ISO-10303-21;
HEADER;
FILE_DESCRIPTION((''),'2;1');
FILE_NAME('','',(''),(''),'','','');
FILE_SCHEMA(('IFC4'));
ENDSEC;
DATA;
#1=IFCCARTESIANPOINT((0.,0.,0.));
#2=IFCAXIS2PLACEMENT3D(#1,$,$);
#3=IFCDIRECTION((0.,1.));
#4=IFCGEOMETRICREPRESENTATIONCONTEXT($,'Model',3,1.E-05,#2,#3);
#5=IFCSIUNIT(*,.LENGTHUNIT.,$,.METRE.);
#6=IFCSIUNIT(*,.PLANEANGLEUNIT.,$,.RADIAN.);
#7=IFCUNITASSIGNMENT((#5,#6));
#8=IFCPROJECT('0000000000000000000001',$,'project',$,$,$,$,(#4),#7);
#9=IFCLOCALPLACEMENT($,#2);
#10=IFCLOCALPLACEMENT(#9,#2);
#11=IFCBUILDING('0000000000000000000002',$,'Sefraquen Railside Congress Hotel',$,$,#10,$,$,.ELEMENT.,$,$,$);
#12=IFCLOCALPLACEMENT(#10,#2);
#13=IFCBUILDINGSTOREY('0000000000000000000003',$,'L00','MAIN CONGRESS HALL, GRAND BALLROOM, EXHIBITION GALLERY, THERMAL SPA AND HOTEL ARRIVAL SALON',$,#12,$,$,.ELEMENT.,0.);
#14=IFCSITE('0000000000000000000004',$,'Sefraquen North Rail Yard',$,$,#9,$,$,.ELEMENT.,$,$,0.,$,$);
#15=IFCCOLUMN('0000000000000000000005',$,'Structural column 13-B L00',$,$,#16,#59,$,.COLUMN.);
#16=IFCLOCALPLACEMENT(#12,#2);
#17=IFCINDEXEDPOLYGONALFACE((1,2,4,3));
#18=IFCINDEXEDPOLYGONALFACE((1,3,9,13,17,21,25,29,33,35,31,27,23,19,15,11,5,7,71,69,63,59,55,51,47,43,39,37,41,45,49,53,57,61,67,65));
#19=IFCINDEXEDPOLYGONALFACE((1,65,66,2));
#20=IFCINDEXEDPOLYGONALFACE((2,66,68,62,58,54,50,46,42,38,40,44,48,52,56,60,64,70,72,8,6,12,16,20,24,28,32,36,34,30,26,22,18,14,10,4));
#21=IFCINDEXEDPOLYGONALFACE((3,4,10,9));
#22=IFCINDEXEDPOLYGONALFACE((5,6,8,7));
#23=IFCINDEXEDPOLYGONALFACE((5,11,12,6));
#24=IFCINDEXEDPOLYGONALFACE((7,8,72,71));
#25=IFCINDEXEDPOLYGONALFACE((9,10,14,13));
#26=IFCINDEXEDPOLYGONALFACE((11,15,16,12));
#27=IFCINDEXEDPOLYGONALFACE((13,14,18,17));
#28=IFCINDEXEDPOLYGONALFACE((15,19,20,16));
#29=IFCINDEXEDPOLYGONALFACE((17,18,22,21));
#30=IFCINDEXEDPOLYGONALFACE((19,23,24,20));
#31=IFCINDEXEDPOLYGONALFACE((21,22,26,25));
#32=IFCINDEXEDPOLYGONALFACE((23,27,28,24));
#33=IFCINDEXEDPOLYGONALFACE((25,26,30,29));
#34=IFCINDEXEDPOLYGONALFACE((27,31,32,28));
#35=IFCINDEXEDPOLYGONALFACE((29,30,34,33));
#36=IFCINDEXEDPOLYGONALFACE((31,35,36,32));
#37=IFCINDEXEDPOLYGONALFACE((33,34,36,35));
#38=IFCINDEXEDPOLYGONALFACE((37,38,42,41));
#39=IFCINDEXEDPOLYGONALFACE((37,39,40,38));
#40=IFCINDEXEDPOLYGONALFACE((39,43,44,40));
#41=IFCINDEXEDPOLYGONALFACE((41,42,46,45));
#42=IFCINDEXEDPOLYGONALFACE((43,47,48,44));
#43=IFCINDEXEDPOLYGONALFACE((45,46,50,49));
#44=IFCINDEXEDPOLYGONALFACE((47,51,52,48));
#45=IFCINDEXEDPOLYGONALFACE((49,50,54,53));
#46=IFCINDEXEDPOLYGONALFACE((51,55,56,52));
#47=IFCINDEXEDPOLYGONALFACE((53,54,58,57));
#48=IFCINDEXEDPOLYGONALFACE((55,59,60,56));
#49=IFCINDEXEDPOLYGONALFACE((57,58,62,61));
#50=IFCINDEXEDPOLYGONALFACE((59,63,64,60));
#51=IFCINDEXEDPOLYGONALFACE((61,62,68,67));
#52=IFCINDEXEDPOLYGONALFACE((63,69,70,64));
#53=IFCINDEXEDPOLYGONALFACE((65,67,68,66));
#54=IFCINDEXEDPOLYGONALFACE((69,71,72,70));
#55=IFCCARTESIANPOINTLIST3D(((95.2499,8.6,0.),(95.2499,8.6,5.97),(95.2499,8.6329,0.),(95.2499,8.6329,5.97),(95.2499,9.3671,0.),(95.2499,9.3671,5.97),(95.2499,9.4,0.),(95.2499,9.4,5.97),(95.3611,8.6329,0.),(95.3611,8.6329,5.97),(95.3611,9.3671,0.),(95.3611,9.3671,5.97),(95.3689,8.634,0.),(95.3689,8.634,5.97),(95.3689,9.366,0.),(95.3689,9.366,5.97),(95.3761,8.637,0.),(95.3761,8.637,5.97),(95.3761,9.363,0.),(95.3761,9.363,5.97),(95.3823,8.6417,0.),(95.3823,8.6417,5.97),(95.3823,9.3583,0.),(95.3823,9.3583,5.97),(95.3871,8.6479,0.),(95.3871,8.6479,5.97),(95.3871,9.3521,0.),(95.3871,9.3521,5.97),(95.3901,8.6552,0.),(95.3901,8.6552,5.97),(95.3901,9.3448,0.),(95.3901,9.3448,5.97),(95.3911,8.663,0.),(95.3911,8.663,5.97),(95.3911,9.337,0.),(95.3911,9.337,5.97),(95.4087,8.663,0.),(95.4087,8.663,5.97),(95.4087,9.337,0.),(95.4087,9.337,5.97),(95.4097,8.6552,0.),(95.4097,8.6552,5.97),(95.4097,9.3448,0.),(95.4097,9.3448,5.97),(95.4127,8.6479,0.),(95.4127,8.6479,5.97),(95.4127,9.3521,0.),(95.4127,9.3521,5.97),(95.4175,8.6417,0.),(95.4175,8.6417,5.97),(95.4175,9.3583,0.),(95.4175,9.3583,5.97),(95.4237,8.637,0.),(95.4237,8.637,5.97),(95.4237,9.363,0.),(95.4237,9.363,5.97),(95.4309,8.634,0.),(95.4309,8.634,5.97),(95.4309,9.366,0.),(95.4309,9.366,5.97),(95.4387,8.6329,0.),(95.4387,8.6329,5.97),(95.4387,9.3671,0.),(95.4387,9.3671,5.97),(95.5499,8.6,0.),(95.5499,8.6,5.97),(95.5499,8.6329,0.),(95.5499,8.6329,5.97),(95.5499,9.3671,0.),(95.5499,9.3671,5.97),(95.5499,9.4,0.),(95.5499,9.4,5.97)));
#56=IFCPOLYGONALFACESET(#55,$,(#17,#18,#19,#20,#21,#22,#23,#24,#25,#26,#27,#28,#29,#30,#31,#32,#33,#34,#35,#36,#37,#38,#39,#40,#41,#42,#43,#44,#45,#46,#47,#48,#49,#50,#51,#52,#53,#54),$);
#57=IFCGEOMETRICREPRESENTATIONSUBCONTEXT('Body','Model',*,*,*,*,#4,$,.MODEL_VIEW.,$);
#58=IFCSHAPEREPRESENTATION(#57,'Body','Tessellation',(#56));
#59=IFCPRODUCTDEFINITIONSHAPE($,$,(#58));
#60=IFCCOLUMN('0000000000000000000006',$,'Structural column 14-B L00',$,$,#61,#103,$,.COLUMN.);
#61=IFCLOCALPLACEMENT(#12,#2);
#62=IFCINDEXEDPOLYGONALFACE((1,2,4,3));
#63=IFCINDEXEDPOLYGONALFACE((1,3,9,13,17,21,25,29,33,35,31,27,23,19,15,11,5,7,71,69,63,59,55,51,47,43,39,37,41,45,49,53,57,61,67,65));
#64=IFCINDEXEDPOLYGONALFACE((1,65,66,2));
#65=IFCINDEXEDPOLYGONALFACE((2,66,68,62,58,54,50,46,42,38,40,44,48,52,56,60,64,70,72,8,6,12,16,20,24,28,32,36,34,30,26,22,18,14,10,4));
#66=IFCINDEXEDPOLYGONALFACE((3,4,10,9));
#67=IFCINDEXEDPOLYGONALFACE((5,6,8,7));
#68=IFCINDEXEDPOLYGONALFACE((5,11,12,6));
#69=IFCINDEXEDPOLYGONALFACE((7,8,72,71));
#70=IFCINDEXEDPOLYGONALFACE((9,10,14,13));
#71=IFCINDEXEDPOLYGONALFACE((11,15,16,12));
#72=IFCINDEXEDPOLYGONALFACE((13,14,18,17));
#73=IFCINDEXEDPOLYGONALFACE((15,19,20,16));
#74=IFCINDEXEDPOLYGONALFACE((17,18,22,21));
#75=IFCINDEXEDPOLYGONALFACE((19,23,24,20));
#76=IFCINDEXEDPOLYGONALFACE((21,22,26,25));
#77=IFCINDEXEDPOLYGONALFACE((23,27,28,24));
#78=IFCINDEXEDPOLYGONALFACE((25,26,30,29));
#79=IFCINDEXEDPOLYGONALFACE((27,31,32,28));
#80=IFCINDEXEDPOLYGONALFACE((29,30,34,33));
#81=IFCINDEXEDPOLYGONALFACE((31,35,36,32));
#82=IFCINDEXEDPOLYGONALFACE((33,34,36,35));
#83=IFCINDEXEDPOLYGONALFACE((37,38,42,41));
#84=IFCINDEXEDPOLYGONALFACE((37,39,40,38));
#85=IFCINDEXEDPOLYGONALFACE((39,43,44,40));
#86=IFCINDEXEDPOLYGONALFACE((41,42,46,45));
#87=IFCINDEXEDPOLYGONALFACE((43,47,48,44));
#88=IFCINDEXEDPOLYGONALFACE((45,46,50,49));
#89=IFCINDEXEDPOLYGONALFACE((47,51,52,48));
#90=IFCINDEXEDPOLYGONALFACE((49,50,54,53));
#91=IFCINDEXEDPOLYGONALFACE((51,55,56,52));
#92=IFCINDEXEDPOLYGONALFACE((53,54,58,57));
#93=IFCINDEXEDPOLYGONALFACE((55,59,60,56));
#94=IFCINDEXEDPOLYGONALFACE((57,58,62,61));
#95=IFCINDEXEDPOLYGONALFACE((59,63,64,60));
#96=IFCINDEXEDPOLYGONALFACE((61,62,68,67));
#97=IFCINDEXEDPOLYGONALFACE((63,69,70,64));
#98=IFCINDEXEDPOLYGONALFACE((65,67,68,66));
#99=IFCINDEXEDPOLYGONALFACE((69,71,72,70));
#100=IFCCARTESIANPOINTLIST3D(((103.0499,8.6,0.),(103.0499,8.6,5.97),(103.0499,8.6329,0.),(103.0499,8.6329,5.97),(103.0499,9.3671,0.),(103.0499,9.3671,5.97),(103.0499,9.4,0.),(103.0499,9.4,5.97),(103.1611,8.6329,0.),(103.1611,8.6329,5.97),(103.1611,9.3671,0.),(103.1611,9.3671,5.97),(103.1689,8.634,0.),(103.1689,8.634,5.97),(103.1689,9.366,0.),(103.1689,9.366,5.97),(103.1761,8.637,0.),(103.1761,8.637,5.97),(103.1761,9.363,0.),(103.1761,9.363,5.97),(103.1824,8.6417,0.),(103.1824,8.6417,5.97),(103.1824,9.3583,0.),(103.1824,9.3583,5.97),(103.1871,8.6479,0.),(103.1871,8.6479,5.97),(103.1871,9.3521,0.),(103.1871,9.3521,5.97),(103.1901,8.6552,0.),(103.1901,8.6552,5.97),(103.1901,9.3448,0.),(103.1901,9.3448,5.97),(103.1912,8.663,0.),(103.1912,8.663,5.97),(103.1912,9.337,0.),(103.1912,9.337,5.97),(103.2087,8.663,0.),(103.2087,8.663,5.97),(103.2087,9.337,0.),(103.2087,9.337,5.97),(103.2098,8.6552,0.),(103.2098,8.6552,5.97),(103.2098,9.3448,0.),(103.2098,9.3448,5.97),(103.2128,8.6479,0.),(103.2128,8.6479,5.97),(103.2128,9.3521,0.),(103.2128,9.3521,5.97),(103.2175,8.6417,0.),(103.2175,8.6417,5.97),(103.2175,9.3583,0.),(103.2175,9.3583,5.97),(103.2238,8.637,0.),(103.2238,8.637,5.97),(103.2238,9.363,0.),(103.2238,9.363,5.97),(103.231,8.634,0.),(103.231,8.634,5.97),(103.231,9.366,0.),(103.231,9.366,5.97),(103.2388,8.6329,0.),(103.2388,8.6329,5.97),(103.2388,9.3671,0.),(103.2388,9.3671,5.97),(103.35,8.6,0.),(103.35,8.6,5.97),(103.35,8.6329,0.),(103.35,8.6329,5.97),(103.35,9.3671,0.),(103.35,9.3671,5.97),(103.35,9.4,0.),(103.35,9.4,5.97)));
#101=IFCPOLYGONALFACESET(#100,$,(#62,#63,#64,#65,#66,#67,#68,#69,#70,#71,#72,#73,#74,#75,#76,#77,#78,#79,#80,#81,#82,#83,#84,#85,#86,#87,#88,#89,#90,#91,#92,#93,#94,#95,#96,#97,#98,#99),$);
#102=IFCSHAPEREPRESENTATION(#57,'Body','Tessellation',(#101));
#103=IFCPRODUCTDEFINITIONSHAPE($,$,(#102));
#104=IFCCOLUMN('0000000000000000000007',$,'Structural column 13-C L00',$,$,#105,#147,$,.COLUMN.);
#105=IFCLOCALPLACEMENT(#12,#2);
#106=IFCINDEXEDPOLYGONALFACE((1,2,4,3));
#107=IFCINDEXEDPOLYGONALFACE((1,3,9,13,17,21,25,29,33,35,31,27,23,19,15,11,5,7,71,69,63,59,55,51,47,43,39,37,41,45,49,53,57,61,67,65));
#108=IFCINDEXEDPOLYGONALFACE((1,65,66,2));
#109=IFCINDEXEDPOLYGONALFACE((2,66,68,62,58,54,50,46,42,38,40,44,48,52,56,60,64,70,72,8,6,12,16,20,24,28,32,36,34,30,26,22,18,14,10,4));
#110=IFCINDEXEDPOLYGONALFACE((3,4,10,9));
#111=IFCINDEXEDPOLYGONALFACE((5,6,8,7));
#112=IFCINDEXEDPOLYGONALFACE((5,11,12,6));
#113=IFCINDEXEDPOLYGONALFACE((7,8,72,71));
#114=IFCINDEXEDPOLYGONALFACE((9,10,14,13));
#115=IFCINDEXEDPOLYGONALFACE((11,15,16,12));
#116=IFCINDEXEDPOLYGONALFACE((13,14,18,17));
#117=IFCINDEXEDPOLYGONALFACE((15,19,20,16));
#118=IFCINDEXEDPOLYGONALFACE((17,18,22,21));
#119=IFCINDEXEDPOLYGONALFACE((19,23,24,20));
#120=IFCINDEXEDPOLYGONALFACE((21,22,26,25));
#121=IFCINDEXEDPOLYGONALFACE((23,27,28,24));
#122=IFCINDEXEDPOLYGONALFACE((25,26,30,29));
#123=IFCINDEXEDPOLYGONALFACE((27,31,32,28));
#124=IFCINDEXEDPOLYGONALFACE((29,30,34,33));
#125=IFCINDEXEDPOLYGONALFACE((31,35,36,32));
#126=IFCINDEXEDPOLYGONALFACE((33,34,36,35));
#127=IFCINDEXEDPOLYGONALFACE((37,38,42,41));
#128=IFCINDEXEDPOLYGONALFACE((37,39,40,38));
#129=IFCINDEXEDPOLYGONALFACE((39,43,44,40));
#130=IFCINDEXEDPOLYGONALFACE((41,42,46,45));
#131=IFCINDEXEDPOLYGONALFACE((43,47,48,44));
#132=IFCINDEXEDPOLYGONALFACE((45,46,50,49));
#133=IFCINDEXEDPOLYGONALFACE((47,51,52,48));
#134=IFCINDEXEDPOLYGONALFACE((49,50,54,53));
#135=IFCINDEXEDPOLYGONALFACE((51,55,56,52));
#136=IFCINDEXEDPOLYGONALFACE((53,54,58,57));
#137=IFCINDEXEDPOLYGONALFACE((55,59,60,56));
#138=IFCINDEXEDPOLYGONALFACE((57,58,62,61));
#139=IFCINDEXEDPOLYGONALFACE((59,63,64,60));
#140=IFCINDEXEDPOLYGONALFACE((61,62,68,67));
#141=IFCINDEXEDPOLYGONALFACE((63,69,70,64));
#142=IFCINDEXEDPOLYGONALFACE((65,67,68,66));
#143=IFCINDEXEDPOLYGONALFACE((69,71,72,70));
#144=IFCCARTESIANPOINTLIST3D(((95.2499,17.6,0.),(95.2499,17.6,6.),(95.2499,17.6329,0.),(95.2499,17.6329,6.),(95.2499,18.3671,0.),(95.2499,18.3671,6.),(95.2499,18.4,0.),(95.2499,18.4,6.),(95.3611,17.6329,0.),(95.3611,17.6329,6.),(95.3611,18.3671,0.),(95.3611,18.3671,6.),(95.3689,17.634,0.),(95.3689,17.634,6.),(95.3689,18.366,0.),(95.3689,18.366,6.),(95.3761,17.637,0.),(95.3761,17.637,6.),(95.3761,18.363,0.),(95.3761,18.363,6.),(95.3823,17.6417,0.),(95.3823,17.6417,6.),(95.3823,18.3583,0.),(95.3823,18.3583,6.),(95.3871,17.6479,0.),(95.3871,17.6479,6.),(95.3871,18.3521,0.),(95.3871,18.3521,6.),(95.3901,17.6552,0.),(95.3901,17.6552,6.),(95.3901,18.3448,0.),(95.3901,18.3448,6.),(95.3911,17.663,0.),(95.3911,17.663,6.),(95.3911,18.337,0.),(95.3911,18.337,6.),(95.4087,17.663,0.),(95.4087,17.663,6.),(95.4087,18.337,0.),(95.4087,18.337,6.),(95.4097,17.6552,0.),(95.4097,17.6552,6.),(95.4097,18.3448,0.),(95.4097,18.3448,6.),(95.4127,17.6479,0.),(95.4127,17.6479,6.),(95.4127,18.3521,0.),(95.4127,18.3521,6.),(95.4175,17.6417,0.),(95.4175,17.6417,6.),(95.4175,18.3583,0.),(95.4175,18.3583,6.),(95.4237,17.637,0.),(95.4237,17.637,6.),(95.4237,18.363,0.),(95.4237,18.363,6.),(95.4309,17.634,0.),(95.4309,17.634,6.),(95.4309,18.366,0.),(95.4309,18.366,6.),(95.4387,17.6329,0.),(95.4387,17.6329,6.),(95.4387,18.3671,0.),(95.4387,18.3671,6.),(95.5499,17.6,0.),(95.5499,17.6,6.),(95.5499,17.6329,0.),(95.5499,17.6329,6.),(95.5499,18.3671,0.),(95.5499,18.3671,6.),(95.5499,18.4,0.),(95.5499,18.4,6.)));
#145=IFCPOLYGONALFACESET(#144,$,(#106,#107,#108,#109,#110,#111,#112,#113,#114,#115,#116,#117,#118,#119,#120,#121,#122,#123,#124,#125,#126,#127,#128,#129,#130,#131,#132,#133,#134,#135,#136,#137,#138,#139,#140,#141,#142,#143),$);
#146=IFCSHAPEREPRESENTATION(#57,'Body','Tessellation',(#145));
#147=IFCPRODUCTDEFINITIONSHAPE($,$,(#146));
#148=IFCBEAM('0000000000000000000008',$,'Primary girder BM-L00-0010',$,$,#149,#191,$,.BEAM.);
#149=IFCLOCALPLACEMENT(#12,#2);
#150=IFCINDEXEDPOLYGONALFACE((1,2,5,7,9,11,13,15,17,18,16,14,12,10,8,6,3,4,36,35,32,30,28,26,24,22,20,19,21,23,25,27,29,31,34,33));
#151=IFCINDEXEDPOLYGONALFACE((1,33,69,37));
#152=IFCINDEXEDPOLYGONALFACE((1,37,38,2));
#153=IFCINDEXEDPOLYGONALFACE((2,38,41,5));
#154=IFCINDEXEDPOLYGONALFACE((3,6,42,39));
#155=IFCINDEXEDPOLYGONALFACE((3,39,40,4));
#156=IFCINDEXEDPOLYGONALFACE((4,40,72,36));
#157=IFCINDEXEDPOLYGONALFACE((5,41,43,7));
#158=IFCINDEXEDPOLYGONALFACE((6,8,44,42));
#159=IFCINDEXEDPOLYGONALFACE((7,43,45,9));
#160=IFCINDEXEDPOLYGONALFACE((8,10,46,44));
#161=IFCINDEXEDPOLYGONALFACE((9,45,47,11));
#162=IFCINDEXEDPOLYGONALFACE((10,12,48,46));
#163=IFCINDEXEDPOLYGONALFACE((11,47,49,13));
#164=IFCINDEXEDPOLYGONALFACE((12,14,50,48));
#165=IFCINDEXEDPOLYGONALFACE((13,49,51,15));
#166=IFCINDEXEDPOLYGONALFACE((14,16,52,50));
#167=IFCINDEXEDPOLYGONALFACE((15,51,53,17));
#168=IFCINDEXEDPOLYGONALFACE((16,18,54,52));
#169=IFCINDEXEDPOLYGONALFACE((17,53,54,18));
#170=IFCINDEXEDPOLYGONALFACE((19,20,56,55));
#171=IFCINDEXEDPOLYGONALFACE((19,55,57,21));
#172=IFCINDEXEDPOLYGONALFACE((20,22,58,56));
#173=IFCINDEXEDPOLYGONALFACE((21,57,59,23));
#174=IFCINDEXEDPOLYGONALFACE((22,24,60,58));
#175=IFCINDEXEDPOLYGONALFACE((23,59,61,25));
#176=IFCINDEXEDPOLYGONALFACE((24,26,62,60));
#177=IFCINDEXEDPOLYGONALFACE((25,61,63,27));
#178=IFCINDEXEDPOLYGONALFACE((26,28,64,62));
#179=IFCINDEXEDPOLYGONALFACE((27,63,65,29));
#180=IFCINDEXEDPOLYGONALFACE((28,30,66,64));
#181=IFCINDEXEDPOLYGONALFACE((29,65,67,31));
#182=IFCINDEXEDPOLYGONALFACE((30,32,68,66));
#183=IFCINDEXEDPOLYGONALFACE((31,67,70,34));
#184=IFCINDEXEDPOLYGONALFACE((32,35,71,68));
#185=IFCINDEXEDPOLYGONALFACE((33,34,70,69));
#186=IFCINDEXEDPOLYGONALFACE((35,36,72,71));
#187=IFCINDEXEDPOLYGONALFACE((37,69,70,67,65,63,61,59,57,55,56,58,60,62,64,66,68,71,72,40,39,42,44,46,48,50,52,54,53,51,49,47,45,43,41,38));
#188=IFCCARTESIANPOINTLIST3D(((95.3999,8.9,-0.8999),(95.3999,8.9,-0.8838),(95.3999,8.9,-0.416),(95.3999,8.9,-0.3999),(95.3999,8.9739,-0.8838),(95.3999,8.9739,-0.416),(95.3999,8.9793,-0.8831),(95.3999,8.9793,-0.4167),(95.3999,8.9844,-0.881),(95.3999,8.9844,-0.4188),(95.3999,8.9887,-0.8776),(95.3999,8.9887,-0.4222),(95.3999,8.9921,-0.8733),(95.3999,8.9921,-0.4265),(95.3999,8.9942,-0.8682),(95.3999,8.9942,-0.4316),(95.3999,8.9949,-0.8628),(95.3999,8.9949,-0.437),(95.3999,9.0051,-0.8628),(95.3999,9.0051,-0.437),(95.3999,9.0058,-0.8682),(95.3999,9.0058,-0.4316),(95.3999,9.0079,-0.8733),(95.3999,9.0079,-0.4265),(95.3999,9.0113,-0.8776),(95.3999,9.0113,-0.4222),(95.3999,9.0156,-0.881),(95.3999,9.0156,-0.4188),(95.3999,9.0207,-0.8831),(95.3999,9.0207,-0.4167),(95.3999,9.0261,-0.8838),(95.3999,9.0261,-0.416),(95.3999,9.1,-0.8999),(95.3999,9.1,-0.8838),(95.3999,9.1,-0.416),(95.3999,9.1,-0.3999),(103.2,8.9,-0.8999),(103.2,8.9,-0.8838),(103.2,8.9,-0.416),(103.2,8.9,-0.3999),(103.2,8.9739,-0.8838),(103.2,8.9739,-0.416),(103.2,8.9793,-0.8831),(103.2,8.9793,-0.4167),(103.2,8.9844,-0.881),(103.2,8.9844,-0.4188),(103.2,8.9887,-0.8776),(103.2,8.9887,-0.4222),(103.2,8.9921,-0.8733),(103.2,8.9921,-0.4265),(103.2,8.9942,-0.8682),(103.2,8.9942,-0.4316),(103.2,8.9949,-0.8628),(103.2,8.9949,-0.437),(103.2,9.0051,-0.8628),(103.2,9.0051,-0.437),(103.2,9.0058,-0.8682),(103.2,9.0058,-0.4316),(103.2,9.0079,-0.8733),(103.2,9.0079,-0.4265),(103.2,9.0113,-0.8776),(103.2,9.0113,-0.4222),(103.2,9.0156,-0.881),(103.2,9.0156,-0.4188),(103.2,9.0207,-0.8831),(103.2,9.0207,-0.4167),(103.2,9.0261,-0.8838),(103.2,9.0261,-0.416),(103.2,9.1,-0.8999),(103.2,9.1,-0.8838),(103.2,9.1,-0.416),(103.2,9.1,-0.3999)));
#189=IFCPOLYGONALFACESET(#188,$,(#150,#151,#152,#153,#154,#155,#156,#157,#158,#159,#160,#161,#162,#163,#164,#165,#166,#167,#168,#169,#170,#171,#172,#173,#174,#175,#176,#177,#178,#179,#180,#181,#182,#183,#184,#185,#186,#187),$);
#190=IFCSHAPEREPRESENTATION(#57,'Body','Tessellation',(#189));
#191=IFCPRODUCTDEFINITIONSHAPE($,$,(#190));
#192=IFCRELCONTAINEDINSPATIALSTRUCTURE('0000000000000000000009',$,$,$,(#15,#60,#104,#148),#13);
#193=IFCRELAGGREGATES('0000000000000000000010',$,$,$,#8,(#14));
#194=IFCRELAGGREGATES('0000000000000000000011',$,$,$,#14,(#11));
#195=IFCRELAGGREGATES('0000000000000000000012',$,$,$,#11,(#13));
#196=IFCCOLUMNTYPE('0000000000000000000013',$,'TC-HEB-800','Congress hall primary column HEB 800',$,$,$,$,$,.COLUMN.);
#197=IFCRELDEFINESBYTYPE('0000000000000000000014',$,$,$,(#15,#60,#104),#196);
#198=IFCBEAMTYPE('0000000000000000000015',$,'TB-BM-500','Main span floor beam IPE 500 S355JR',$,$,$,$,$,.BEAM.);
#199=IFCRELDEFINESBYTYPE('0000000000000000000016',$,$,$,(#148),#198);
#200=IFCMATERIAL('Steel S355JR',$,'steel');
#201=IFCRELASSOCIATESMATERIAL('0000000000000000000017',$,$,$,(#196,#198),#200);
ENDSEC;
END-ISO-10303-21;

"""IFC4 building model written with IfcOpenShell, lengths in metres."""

from ifc_helpers import new_model, si_unit, direction, frame, origin, origin_2d, place, context, subcontext, project, spatial, i_section, extrude, material, material_profile, profile_set, type_object, element, save


model = new_model("IFC4")

# Units and contexts
model_context = context("Model", 3, precision=1e-05, world=origin(), true_north=direction((0.0, 1.0)))
body_context = subcontext(model_context, "Body", "Model", "MODEL_VIEW")
ifc_project = project(units=[si_unit("LENGTHUNIT", "METRE"), si_unit("PLANEANGLEUNIT", "RADIAN")], contexts=[model_context])

# Site, building, storey
site_placement = place(None, origin())
site = spatial("IfcSite", under=ifc_project, at=site_placement, Name="Sefraquen North Rail Yard", CompositionType="ELEMENT", RefElevation=0.0)
building_placement = place(site_placement, origin())
building = spatial("IfcBuilding", under=site, at=building_placement, Name="Sefraquen Railside Congress Hotel", CompositionType="ELEMENT")
storey_placement = place(building_placement, origin())
storey = spatial("IfcBuildingStorey", under=building, at=storey_placement, Name="L00", Description="MAIN CONGRESS HALL, GRAND BALLROOM, EXHIBITION GALLERY, THERMAL SPA AND HOTEL ARRIVAL SALON", CompositionType="ELEMENT", Elevation=0.0)

# Columns
ifc_material_1 = material(Name="Steel S355JR", Category="steel")
ifc_material_profile_1 = material_profile(ifc_material_1, i_section(OverallWidth=0.3, OverallDepth=0.8, WebThickness=0.0176, FlangeThickness=0.033, FilletRadius=0.03, at=origin_2d()), Name="HEB 800")
ifc_profile_set_1 = profile_set([ifc_material_profile_1], Name="Steel S355JR")
column_type = type_object("IfcColumnType", Name="TC-HEB-800", Description="Congress hall primary column HEB 800", PredefinedType="COLUMN", material=ifc_profile_set_1)
for number, where, z_axis, x_axis, name in (
    (1, (95.3999, 9.0, 0.0), (0.0, 0.0, 1.0), (1.0, 0.0, 0.0), "Structural column 13-B L00"),
    (2, (103.2, 9.0, 0.0), (0.0, 0.0, 1.0), (1.0, 0.0, 0.0), "Structural column 14-B L00"),
):
    element("IfcColumn", number, at=place(storey_placement, frame(where, z_axis=z_axis, x_axis=x_axis)), inside=storey, type_object=column_type, Name=name, PredefinedType="COLUMN", context=body_context, shape_type="SweptSolid", body=[
        extrude(i_section(OverallWidth=0.3, OverallDepth=0.8, WebThickness=0.0176, FlangeThickness=0.033, FilletRadius=0.03, at=origin_2d()), origin(), (0.0, 0.0, 1.0), 5.97),
    ])
column_placement = place(storey_placement, frame((95.3999, 18.0, 0.0), z_axis=(0.0, 0.0, 1.0), x_axis=(1.0, 0.0, 0.0)))
element("IfcColumn", 3, at=column_placement, inside=storey, type_object=column_type, Name="Structural column 13-C L00", PredefinedType="COLUMN", context=body_context, shape_type="SweptSolid", body=[
    extrude(i_section(OverallWidth=0.3, OverallDepth=0.8, WebThickness=0.0176, FlangeThickness=0.033, FilletRadius=0.03, at=origin_2d()), origin(), (0.0, 0.0, 1.0), 6.0),
])

# Beam
ifc_material_profile_2 = material_profile(ifc_material_1, i_section(OverallWidth=0.2, OverallDepth=0.5, WebThickness=0.0103, FlangeThickness=0.0161, FilletRadius=0.021, at=origin_2d()), Name="IPE 500")
ifc_profile_set_2 = profile_set([ifc_material_profile_2], Name="Steel S355JR")
beam_type_1 = type_object("IfcBeamType", Name="TB-BM-500", Description="Main span floor beam IPE 500 S355JR", PredefinedType="BEAM", material=ifc_profile_set_2)
for number, where, z_axis, x_axis, name in (
    (4, (95.3999, 9.0, -0.6499), (1.0, 0.0, 0.0), (0.0, 1.0, 0.0), "Primary girder BM-L00-0010"),
):
    element("IfcBeam", number, at=place(storey_placement, frame(where, z_axis=z_axis, x_axis=x_axis)), inside=storey, type_object=beam_type_1, Name=name, PredefinedType="BEAM", context=body_context, shape_type="SweptSolid", body=[
        extrude(i_section(OverallWidth=0.2, OverallDepth=0.5, WebThickness=0.0103, FlangeThickness=0.0161, FilletRadius=0.021, at=origin_2d()), origin(), (0.0, 0.0, 1.0), 7.8),
    ])

save(model, "model.ifc")
